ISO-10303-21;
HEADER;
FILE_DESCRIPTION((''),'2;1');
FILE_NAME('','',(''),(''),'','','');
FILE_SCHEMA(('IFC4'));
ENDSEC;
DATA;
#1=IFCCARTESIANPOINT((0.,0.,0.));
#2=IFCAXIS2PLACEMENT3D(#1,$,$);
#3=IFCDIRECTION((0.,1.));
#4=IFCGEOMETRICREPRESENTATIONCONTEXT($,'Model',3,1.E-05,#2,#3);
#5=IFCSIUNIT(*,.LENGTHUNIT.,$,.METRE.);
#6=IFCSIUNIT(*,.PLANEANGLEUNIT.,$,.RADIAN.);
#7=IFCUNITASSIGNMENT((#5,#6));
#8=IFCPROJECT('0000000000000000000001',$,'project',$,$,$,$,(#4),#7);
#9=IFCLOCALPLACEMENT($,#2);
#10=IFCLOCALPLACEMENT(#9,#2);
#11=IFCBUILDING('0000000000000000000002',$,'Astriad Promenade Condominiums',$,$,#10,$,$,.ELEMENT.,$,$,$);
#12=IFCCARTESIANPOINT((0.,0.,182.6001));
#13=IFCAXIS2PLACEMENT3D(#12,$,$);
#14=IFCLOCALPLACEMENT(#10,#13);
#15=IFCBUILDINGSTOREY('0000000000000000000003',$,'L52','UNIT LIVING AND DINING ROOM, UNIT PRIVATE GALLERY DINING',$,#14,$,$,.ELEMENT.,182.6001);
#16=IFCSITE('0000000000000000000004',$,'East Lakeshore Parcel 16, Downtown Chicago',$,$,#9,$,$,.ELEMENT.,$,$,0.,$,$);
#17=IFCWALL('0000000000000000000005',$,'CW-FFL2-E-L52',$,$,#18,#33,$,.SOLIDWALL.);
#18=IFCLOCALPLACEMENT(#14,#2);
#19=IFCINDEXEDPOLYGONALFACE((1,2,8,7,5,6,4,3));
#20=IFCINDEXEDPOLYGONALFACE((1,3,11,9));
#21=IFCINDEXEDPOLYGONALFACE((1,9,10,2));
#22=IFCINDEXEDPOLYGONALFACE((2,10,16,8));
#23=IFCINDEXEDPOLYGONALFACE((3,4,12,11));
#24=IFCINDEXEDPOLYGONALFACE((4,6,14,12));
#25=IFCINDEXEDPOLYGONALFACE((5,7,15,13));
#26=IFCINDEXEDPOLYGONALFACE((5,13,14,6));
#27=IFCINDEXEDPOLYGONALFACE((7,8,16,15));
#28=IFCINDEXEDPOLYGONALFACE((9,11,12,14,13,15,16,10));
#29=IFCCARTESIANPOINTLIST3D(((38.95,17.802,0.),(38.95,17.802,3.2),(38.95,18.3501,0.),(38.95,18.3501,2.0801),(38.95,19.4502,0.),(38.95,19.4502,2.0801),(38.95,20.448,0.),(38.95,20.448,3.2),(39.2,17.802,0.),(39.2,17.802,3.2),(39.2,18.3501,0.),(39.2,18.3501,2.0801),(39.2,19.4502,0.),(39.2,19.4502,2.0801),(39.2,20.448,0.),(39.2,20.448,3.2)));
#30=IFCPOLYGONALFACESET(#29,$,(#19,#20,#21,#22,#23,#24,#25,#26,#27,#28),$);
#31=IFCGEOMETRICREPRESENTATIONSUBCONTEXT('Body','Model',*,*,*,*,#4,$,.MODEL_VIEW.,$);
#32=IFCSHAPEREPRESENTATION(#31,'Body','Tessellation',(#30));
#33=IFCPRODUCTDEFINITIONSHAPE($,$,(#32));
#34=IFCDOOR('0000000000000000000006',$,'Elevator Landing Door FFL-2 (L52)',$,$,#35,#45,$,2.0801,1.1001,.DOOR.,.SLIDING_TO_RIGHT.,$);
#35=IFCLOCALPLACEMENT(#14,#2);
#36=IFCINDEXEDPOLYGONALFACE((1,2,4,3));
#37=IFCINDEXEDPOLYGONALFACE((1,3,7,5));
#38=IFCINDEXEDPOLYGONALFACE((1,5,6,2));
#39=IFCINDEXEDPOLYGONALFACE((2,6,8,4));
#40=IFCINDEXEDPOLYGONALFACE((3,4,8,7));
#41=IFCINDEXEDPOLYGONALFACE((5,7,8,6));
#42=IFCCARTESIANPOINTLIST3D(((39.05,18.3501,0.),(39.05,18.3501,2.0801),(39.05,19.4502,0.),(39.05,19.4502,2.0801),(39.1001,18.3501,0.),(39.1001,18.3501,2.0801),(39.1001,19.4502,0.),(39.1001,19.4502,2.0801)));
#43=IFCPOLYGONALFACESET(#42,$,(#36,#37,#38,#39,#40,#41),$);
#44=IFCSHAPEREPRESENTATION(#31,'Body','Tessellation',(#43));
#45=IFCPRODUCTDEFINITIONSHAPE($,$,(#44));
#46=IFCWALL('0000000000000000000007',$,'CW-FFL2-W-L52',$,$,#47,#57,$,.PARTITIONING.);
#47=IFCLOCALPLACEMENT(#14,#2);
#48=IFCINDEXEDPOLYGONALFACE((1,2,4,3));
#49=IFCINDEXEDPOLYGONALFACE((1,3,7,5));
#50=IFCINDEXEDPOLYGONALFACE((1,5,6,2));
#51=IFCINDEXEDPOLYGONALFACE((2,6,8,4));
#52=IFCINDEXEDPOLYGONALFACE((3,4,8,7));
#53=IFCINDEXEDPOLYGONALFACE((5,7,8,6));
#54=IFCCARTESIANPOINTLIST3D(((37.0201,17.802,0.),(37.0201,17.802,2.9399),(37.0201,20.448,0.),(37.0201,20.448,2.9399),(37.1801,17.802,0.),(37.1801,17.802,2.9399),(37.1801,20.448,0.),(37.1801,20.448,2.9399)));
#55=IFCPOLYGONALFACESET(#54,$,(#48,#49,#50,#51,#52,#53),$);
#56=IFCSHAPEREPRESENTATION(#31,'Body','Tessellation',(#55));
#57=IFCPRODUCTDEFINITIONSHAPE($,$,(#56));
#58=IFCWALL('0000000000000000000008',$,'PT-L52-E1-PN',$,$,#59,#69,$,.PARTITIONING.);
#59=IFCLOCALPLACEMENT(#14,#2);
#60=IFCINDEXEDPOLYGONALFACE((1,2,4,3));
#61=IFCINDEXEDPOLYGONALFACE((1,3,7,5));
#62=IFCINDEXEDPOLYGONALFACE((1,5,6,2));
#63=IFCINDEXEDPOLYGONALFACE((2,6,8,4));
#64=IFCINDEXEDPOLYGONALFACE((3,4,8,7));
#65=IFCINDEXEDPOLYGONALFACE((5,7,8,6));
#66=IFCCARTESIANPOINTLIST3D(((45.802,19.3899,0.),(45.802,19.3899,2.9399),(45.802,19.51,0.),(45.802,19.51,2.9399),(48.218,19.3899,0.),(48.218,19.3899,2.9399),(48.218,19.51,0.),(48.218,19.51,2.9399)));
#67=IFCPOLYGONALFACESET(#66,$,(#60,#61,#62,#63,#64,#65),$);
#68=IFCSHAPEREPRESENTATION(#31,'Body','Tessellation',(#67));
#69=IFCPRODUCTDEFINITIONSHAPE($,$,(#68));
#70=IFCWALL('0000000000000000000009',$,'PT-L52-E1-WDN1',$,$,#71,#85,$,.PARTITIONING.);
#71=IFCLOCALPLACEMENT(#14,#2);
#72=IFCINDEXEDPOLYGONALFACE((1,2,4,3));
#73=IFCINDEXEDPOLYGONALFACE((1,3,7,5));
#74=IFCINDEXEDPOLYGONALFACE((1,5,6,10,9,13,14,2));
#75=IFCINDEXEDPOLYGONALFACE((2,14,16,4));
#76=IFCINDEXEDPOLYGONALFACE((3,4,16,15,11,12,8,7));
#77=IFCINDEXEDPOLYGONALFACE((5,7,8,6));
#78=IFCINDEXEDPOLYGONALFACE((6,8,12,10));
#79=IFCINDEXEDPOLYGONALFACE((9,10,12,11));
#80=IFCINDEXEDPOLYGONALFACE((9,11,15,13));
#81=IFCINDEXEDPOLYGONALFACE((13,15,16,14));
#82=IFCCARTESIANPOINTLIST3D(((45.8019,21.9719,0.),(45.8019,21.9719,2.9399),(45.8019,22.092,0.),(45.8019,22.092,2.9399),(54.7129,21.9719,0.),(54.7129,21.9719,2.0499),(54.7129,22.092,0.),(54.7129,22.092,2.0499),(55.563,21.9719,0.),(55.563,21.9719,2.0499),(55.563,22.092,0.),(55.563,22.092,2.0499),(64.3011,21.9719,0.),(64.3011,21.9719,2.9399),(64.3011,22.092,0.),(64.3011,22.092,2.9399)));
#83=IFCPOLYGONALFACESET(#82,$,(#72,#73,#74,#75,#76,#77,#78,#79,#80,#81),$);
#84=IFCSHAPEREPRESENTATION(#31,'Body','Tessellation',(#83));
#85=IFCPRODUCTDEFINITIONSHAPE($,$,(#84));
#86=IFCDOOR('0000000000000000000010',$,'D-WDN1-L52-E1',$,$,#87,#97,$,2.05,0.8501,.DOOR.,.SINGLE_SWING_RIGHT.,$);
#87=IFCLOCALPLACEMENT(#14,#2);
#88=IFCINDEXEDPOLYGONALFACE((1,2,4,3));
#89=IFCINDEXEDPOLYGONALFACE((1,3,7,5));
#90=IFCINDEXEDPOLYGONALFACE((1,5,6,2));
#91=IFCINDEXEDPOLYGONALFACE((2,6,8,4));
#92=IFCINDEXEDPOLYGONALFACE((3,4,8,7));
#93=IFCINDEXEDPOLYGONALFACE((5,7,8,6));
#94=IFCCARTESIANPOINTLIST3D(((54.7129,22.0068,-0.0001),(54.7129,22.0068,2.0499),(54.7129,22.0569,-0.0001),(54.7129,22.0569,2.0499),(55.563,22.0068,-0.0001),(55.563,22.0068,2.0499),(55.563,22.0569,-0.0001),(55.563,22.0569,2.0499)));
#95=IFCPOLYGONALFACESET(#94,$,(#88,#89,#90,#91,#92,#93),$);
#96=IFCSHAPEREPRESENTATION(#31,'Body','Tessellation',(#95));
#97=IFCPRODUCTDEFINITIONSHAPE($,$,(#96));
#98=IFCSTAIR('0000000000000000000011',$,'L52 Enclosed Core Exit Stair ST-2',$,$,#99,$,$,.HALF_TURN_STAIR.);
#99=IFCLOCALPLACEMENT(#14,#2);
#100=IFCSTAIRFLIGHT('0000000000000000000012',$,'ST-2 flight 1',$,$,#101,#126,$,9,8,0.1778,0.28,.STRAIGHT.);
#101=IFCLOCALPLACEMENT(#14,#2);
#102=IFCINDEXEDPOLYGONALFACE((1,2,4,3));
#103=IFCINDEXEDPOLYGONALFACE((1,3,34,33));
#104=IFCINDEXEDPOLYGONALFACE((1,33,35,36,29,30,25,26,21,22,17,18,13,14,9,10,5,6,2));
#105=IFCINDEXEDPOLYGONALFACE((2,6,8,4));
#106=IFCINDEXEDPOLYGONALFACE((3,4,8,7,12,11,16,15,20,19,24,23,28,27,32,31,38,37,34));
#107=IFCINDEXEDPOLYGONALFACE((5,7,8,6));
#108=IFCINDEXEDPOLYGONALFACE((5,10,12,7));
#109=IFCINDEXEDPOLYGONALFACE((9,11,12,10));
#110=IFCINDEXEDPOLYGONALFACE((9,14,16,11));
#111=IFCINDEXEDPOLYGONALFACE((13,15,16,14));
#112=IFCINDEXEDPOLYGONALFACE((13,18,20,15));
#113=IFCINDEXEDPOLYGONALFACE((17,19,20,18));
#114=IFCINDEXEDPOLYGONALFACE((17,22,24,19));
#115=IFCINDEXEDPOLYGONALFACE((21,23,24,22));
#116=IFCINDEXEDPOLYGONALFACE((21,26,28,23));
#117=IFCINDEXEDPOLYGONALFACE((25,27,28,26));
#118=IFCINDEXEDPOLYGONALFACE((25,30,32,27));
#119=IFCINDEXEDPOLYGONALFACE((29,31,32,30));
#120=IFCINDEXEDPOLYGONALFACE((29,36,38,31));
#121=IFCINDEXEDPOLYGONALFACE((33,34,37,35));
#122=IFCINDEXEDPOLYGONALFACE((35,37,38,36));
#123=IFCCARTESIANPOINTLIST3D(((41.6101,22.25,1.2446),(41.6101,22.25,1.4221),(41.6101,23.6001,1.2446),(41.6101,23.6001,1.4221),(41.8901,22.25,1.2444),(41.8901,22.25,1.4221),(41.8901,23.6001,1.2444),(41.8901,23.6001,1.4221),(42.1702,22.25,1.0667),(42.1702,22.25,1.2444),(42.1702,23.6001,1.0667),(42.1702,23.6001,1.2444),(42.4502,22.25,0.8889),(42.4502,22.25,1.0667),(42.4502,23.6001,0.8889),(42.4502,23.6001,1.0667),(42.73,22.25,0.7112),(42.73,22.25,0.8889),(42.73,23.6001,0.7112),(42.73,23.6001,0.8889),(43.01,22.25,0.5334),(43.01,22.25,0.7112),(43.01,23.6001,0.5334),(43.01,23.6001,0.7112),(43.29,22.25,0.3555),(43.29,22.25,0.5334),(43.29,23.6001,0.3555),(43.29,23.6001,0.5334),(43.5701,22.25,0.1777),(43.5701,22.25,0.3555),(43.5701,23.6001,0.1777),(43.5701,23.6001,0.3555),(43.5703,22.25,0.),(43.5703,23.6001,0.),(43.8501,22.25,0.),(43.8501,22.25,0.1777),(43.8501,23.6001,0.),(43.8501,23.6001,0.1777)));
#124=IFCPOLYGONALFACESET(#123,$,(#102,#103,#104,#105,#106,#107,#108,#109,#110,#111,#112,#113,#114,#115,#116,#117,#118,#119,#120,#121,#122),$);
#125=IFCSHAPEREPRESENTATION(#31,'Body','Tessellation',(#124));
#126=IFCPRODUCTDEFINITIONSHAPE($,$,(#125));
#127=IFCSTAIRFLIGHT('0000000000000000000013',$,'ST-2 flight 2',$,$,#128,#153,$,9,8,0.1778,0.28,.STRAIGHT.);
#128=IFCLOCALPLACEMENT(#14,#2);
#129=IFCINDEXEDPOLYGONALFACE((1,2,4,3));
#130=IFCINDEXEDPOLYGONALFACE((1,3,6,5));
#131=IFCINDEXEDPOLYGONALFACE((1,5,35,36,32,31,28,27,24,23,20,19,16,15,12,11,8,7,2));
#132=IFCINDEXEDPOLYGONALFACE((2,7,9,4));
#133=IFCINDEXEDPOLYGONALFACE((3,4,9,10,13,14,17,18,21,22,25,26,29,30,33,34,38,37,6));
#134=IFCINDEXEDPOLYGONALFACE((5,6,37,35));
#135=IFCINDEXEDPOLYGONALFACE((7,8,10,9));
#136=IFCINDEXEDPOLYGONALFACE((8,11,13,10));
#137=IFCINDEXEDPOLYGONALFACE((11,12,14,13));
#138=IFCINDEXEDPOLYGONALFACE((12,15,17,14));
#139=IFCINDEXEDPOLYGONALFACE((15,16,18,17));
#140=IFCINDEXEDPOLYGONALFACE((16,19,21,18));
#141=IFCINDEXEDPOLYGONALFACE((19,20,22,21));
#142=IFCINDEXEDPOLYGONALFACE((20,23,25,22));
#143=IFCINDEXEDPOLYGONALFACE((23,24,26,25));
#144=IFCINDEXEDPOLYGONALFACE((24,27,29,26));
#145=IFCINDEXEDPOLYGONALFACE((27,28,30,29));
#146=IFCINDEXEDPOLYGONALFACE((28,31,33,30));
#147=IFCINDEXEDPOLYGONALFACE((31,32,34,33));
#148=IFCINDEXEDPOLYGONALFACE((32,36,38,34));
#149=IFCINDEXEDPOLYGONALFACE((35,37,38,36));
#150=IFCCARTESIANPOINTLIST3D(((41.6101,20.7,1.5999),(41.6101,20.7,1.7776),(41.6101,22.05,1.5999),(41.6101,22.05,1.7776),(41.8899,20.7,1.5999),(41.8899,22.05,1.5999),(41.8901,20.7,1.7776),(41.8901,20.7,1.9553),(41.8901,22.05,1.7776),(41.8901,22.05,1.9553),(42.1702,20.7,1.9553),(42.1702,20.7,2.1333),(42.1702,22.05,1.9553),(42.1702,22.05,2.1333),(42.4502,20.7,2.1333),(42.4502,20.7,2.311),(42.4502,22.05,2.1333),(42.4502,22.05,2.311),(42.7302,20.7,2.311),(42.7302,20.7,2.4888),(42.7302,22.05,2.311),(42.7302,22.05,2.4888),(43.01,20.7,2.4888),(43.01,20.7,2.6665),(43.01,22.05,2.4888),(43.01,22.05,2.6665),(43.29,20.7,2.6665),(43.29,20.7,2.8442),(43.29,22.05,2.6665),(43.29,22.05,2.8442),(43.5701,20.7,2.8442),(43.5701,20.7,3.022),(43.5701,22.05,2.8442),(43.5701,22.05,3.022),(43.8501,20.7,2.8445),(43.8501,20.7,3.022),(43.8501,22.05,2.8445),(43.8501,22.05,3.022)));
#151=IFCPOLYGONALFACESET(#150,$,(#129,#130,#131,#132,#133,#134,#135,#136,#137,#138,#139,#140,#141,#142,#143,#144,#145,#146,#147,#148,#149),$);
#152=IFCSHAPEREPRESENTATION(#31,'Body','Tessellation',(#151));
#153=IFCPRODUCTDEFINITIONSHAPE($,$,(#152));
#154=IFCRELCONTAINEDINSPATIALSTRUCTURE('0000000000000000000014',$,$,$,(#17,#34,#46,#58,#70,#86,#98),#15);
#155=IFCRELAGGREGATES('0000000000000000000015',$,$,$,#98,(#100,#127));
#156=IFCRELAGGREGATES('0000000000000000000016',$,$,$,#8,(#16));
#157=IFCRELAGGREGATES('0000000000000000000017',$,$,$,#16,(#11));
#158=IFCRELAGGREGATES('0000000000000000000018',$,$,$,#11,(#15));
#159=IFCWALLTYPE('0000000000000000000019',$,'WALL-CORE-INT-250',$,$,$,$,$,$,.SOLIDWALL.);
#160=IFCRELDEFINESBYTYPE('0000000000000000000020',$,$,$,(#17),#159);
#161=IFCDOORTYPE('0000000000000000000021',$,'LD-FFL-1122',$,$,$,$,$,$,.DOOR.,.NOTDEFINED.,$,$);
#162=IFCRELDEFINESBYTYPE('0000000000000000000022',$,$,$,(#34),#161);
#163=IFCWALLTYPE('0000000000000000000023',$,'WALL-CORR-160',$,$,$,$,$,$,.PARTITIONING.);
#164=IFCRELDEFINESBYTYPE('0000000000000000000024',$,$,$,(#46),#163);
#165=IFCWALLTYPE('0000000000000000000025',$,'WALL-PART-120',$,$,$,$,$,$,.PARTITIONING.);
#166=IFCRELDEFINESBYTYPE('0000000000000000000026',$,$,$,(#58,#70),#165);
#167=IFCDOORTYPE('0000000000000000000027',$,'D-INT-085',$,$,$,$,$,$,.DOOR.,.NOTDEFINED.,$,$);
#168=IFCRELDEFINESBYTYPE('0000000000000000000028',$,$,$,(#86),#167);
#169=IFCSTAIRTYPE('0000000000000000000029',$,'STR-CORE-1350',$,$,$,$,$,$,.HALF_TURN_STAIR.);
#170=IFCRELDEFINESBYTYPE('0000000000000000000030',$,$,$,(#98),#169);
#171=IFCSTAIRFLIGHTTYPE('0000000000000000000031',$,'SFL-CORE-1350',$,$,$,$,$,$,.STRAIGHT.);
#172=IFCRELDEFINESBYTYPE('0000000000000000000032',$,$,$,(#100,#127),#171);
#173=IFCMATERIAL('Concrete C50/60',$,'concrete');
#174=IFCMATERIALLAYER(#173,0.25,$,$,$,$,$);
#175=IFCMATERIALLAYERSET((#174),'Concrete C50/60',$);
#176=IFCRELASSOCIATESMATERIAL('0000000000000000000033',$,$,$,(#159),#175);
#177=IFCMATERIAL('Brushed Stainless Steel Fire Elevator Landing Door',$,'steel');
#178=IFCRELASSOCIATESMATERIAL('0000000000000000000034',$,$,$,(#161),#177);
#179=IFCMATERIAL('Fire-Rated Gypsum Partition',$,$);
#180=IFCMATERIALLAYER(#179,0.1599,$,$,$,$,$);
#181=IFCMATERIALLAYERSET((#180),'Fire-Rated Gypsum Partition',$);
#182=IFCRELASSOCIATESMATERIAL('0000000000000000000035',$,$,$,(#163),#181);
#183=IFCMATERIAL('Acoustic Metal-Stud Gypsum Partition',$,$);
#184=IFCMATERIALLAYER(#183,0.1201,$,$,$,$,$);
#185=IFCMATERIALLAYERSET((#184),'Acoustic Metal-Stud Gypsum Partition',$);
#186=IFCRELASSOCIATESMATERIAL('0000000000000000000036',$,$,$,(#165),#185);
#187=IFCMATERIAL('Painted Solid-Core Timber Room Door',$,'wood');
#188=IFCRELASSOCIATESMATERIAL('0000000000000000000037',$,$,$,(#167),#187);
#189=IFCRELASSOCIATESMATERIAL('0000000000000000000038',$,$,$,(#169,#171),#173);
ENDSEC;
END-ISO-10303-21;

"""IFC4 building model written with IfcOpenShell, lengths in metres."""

from ifc_helpers import new_model, si_unit, direction, frame, frame_2d, origin, place, context, subcontext, project, spatial, polyline, rectangle, outline, extrude, source, transform, mapped, material, layer, layer_set, type_object, type_shapes, element, fill, aggregate, save


model = new_model("IFC4")

# Units and contexts
model_context = context("Model", 3, precision=1e-05, world=origin(), true_north=direction((0.0, 1.0)))
body_context = subcontext(model_context, "Body", "Model", "MODEL_VIEW")
ifc_project = project(units=[si_unit("LENGTHUNIT", "METRE"), si_unit("PLANEANGLEUNIT", "RADIAN")], contexts=[model_context])

# Site, building, storey
site_placement = place(None, origin())
site = spatial("IfcSite", under=ifc_project, at=site_placement, Name="East Lakeshore Parcel 16, Downtown Chicago", CompositionType="ELEMENT", RefElevation=0.0)
building_placement = place(site_placement, origin())
building = spatial("IfcBuilding", under=site, at=building_placement, Name="Astriad Promenade Condominiums", CompositionType="ELEMENT")
storey_placement = place(building_placement, frame((0.0, 0.0, 182.6001)))
storey = spatial("IfcBuildingStorey", under=building, at=storey_placement, Name="L52", Description="UNIT LIVING AND DINING ROOM, UNIT PRIVATE GALLERY DINING", CompositionType="ELEMENT", Elevation=182.6001)

# Shared definitions
ifc_material_1 = material(Name="Concrete C50/60", Category="concrete")

# Shared definitions
ifc_layer_1 = layer(ifc_material_1, 0.25)
ifc_layer_set_1 = layer_set([ifc_layer_1], Name="Concrete C50/60")
wall_type_1 = type_object("IfcWallType", Name="WALL-CORE-INT-250", PredefinedType="SOLIDWALL", material=ifc_layer_set_1)

# Wall, opening, door
wall_1_placement = place(storey_placement, frame((39.075, 17.802, 0.0), z_axis=(0.0, 0.0, 1.0), x_axis=(0.0, 1.0, 0.0)))
wall_1 = element("IfcWall", 1, at=wall_1_placement, inside=storey, type_object=wall_type_1, Name="CW-FFL2-E-L52", PredefinedType="SOLIDWALL", context=body_context, shape_type="SweptSolid", body=[
    extrude(rectangle(XDim=2.646, YDim=0.25, at=frame_2d((1.323, 0.0))), origin(), (0.0, 0.0, 1.0), 3.2),
])
opening_1_placement = place(wall_1_placement, frame((0.5481, 0.0, 0.0)))
opening_1 = element("IfcOpeningElement", 2, at=opening_1_placement, cuts=wall_1, PredefinedType="OPENING", context=body_context, shape_type="SweptSolid", body=[
    extrude(rectangle(XDim=1.1001, YDim=2.0801, at=frame_2d((0.55, 1.04))), frame((0.0, 0.135, 0.0), z_axis=(0.0, -1.0, 0.0), x_axis=(1.0, 0.0, 0.0)), (0.0, 0.0, 1.0), 0.27),
])
ifc_material_2 = material(Name="Brushed Stainless Steel Fire Elevator Landing Door", Category="steel")
door_type_1 = type_object("IfcDoorType", Name="LD-FFL-1122", OperationType="NOTDEFINED", PredefinedType="DOOR", material=ifc_material_2)
shared_shape_1 = source(origin(), body_context, "Body", "SweptSolid", [
    extrude(rectangle(XDim=1.1001, YDim=2.0801, at=frame_2d((0.55, 1.04))), frame((0.0, 0.0249, 0.0), z_axis=(0.0, -1.0, 0.0), x_axis=(1.0, 0.0, 0.0)), (0.0, 0.0, 1.0), 0.05),
])
type_shapes(door_type_1, [shared_shape_1])
door_1_placement = place(opening_1_placement, origin())
door_1 = element("IfcDoor", 3, at=door_1_placement, inside=storey, type_object=door_type_1, Name="Elevator Landing Door FFL-2 (L52)", OperationType="SLIDING_TO_RIGHT", OverallHeight=2.0801, OverallWidth=1.1001, PredefinedType="DOOR", context=body_context, shape_type="MappedRepresentation", body=[
    mapped(shared_shape_1, transform((0.0, 0.0, 0.0), scale=1.0)),
])
fill(opening_1, door_1)

# Walls
ifc_material_3 = material(Name="Fire-Rated Gypsum Partition")
ifc_layer_2 = layer(ifc_material_3, 0.1599)
ifc_layer_set_2 = layer_set([ifc_layer_2], Name="Fire-Rated Gypsum Partition")
wall_type_2 = type_object("IfcWallType", Name="WALL-CORR-160", PredefinedType="PARTITIONING", material=ifc_layer_set_2)
wall_2_placement = place(storey_placement, frame((37.1001, 17.802, 0.0), z_axis=(0.0, 0.0, 1.0), x_axis=(0.0, 1.0, 0.0)))
element("IfcWall", 4, at=wall_2_placement, inside=storey, type_object=wall_type_2, Name="CW-FFL2-W-L52", PredefinedType="PARTITIONING", context=body_context, shape_type="SweptSolid", body=[
    extrude(rectangle(XDim=2.646, YDim=0.1599, at=frame_2d((1.323, 0.0))), origin(), (0.0, 0.0, 1.0), 2.9399),
])
ifc_material_4 = material(Name="Acoustic Metal-Stud Gypsum Partition")
ifc_layer_3 = layer(ifc_material_4, 0.1201)
ifc_layer_set_3 = layer_set([ifc_layer_3], Name="Acoustic Metal-Stud Gypsum Partition")
wall_type_3 = type_object("IfcWallType", Name="WALL-PART-120", PredefinedType="PARTITIONING", material=ifc_layer_set_3)
wall_3_placement = place(storey_placement, frame((45.802, 19.45, 0.0), z_axis=(0.0, 0.0, 1.0), x_axis=(1.0, 0.0, 0.0)))
element("IfcWall", 5, at=wall_3_placement, inside=storey, type_object=wall_type_3, Name="PT-L52-E1-PN", PredefinedType="PARTITIONING", context=body_context, shape_type="SweptSolid", body=[
    extrude(rectangle(XDim=2.416, YDim=0.1201, at=frame_2d((1.208, 0.0))), origin(), (0.0, 0.0, 1.0), 2.9399),
])

# Wall, opening, door
wall_4_placement = place(storey_placement, frame((45.802, 22.032, 0.0), z_axis=(0.0, 0.0, 1.0), x_axis=(1.0, 0.0, 0.0)))
wall_4 = element("IfcWall", 6, at=wall_4_placement, inside=storey, type_object=wall_type_3, Name="PT-L52-E1-WDN1", PredefinedType="PARTITIONING", context=body_context, shape_type="SweptSolid", body=[
    extrude(rectangle(XDim=18.4993, YDim=0.1201, at=frame_2d((9.2495, 0.0))), origin(), (0.0, 0.0, 1.0), 2.9399),
])
opening_2_placement = place(wall_4_placement, frame((8.9109, 0.0, 0.0)))
opening_2 = element("IfcOpeningElement", 7, at=opening_2_placement, cuts=wall_4, PredefinedType="OPENING", context=body_context, shape_type="SweptSolid", body=[
    extrude(rectangle(XDim=0.8501, YDim=2.05, at=frame_2d((0.425, 1.0249))), frame((0.0, 0.0701, 0.0), z_axis=(0.0, -1.0, 0.0), x_axis=(1.0, 0.0, 0.0)), (0.0, 0.0, 1.0), 0.1401),
])
ifc_material_5 = material(Name="Painted Solid-Core Timber Room Door", Category="wood")
door_type_2 = type_object("IfcDoorType", Name="D-INT-085", OperationType="NOTDEFINED", PredefinedType="DOOR", material=ifc_material_5)
shared_shape_2 = source(origin(), body_context, "Body", "SweptSolid", [
    extrude(rectangle(XDim=0.8501, YDim=2.05, at=frame_2d((0.425, 1.0249))), frame((0.0, 0.0249, 0.0), z_axis=(0.0, -1.0, 0.0), x_axis=(1.0, 0.0, 0.0)), (0.0, 0.0, 1.0), 0.05),
])
type_shapes(door_type_2, [shared_shape_2])
door_2_placement = place(opening_2_placement, origin())
door_2 = element("IfcDoor", 8, at=door_2_placement, inside=storey, type_object=door_type_2, Name="D-WDN1-L52-E1", OperationType="SINGLE_SWING_RIGHT", OverallHeight=2.05, OverallWidth=0.8501, PredefinedType="DOOR", context=body_context, shape_type="MappedRepresentation", body=[
    mapped(shared_shape_2, transform((0.0, 0.0, 0.0), scale=1.0)),
])
fill(opening_2, door_2)

# Stair, stair flights
stair_type = type_object("IfcStairType", Name="STR-CORE-1350", PredefinedType="HALF_TURN_STAIR", material=ifc_material_1)
stair_placement = place(storey_placement, origin())
stair = element("IfcStair", 9, at=stair_placement, inside=storey, type_object=stair_type, Name="L52 Enclosed Core Exit Stair ST-2", PredefinedType="HALF_TURN_STAIR")
stair_flight_type = type_object("IfcStairFlightType", Name="SFL-CORE-1350", PredefinedType="STRAIGHT", material=ifc_material_1)
shared_shape_3 = source(origin(), body_context, "Body", "SweptSolid", [
    extrude(outline(polyline([(0.0, 0.0), (0.0, 0.1777), (0.28, 0.1777), (0.28, 0.3555), (0.5601, 0.3555), (0.5601, 0.5334), (0.8401, 0.5334), (0.8401, 0.7112), (1.1201, 0.7112), (1.1201, 0.8889), (1.3999, 0.8889), (1.3999, 1.0667), (1.6799, 1.0667), (1.6799, 1.2444), (1.96, 1.2444), (1.96, 1.4221), (2.24, 1.4221), (2.24, 1.6001), (2.24, 1.2446), (0.2798, 0.0), (0.0, 0.0)])), frame((0.0, 0.675, 0.0), z_axis=(0.0, -1.0, 0.0), x_axis=(1.0, 0.0, 0.0)), (0.0, 0.0, 1.0), 1.3501),
])
type_shapes(stair_flight_type, [shared_shape_3])
stair_flight_1_placement = place(storey_placement, frame((43.8501, 22.925, 0.0), z_axis=(0.0, 0.0, 1.0), x_axis=(-1.0, 0.0, 0.0)))
stair_flight_1 = element("IfcStairFlight", 10, at=stair_flight_1_placement, type_object=stair_flight_type, Name="ST-2 flight 1", NumberOfRisers=9, NumberOfTreads=8, PredefinedType="STRAIGHT", RiserHeight=0.1778, TreadLength=0.28, context=body_context, shape_type="MappedRepresentation", body=[
    mapped(shared_shape_3, transform((0.0, 0.0, 0.0), scale=1.0)),
])
stair_flight_2_placement = place(storey_placement, frame((41.6101, 21.375, 1.5999), z_axis=(0.0, 0.0, 1.0), x_axis=(1.0, 0.0, 0.0)))
stair_flight_2 = element("IfcStairFlight", 11, at=stair_flight_2_placement, type_object=stair_flight_type, Name="ST-2 flight 2", NumberOfRisers=9, NumberOfTreads=8, PredefinedType="STRAIGHT", RiserHeight=0.1778, TreadLength=0.28, context=body_context, shape_type="MappedRepresentation", body=[
    mapped(shared_shape_3, transform((0.0, 0.0, 0.0), scale=1.0)),
])
aggregate(stair, [stair_flight_1, stair_flight_2])

save(model, "model.ifc")
